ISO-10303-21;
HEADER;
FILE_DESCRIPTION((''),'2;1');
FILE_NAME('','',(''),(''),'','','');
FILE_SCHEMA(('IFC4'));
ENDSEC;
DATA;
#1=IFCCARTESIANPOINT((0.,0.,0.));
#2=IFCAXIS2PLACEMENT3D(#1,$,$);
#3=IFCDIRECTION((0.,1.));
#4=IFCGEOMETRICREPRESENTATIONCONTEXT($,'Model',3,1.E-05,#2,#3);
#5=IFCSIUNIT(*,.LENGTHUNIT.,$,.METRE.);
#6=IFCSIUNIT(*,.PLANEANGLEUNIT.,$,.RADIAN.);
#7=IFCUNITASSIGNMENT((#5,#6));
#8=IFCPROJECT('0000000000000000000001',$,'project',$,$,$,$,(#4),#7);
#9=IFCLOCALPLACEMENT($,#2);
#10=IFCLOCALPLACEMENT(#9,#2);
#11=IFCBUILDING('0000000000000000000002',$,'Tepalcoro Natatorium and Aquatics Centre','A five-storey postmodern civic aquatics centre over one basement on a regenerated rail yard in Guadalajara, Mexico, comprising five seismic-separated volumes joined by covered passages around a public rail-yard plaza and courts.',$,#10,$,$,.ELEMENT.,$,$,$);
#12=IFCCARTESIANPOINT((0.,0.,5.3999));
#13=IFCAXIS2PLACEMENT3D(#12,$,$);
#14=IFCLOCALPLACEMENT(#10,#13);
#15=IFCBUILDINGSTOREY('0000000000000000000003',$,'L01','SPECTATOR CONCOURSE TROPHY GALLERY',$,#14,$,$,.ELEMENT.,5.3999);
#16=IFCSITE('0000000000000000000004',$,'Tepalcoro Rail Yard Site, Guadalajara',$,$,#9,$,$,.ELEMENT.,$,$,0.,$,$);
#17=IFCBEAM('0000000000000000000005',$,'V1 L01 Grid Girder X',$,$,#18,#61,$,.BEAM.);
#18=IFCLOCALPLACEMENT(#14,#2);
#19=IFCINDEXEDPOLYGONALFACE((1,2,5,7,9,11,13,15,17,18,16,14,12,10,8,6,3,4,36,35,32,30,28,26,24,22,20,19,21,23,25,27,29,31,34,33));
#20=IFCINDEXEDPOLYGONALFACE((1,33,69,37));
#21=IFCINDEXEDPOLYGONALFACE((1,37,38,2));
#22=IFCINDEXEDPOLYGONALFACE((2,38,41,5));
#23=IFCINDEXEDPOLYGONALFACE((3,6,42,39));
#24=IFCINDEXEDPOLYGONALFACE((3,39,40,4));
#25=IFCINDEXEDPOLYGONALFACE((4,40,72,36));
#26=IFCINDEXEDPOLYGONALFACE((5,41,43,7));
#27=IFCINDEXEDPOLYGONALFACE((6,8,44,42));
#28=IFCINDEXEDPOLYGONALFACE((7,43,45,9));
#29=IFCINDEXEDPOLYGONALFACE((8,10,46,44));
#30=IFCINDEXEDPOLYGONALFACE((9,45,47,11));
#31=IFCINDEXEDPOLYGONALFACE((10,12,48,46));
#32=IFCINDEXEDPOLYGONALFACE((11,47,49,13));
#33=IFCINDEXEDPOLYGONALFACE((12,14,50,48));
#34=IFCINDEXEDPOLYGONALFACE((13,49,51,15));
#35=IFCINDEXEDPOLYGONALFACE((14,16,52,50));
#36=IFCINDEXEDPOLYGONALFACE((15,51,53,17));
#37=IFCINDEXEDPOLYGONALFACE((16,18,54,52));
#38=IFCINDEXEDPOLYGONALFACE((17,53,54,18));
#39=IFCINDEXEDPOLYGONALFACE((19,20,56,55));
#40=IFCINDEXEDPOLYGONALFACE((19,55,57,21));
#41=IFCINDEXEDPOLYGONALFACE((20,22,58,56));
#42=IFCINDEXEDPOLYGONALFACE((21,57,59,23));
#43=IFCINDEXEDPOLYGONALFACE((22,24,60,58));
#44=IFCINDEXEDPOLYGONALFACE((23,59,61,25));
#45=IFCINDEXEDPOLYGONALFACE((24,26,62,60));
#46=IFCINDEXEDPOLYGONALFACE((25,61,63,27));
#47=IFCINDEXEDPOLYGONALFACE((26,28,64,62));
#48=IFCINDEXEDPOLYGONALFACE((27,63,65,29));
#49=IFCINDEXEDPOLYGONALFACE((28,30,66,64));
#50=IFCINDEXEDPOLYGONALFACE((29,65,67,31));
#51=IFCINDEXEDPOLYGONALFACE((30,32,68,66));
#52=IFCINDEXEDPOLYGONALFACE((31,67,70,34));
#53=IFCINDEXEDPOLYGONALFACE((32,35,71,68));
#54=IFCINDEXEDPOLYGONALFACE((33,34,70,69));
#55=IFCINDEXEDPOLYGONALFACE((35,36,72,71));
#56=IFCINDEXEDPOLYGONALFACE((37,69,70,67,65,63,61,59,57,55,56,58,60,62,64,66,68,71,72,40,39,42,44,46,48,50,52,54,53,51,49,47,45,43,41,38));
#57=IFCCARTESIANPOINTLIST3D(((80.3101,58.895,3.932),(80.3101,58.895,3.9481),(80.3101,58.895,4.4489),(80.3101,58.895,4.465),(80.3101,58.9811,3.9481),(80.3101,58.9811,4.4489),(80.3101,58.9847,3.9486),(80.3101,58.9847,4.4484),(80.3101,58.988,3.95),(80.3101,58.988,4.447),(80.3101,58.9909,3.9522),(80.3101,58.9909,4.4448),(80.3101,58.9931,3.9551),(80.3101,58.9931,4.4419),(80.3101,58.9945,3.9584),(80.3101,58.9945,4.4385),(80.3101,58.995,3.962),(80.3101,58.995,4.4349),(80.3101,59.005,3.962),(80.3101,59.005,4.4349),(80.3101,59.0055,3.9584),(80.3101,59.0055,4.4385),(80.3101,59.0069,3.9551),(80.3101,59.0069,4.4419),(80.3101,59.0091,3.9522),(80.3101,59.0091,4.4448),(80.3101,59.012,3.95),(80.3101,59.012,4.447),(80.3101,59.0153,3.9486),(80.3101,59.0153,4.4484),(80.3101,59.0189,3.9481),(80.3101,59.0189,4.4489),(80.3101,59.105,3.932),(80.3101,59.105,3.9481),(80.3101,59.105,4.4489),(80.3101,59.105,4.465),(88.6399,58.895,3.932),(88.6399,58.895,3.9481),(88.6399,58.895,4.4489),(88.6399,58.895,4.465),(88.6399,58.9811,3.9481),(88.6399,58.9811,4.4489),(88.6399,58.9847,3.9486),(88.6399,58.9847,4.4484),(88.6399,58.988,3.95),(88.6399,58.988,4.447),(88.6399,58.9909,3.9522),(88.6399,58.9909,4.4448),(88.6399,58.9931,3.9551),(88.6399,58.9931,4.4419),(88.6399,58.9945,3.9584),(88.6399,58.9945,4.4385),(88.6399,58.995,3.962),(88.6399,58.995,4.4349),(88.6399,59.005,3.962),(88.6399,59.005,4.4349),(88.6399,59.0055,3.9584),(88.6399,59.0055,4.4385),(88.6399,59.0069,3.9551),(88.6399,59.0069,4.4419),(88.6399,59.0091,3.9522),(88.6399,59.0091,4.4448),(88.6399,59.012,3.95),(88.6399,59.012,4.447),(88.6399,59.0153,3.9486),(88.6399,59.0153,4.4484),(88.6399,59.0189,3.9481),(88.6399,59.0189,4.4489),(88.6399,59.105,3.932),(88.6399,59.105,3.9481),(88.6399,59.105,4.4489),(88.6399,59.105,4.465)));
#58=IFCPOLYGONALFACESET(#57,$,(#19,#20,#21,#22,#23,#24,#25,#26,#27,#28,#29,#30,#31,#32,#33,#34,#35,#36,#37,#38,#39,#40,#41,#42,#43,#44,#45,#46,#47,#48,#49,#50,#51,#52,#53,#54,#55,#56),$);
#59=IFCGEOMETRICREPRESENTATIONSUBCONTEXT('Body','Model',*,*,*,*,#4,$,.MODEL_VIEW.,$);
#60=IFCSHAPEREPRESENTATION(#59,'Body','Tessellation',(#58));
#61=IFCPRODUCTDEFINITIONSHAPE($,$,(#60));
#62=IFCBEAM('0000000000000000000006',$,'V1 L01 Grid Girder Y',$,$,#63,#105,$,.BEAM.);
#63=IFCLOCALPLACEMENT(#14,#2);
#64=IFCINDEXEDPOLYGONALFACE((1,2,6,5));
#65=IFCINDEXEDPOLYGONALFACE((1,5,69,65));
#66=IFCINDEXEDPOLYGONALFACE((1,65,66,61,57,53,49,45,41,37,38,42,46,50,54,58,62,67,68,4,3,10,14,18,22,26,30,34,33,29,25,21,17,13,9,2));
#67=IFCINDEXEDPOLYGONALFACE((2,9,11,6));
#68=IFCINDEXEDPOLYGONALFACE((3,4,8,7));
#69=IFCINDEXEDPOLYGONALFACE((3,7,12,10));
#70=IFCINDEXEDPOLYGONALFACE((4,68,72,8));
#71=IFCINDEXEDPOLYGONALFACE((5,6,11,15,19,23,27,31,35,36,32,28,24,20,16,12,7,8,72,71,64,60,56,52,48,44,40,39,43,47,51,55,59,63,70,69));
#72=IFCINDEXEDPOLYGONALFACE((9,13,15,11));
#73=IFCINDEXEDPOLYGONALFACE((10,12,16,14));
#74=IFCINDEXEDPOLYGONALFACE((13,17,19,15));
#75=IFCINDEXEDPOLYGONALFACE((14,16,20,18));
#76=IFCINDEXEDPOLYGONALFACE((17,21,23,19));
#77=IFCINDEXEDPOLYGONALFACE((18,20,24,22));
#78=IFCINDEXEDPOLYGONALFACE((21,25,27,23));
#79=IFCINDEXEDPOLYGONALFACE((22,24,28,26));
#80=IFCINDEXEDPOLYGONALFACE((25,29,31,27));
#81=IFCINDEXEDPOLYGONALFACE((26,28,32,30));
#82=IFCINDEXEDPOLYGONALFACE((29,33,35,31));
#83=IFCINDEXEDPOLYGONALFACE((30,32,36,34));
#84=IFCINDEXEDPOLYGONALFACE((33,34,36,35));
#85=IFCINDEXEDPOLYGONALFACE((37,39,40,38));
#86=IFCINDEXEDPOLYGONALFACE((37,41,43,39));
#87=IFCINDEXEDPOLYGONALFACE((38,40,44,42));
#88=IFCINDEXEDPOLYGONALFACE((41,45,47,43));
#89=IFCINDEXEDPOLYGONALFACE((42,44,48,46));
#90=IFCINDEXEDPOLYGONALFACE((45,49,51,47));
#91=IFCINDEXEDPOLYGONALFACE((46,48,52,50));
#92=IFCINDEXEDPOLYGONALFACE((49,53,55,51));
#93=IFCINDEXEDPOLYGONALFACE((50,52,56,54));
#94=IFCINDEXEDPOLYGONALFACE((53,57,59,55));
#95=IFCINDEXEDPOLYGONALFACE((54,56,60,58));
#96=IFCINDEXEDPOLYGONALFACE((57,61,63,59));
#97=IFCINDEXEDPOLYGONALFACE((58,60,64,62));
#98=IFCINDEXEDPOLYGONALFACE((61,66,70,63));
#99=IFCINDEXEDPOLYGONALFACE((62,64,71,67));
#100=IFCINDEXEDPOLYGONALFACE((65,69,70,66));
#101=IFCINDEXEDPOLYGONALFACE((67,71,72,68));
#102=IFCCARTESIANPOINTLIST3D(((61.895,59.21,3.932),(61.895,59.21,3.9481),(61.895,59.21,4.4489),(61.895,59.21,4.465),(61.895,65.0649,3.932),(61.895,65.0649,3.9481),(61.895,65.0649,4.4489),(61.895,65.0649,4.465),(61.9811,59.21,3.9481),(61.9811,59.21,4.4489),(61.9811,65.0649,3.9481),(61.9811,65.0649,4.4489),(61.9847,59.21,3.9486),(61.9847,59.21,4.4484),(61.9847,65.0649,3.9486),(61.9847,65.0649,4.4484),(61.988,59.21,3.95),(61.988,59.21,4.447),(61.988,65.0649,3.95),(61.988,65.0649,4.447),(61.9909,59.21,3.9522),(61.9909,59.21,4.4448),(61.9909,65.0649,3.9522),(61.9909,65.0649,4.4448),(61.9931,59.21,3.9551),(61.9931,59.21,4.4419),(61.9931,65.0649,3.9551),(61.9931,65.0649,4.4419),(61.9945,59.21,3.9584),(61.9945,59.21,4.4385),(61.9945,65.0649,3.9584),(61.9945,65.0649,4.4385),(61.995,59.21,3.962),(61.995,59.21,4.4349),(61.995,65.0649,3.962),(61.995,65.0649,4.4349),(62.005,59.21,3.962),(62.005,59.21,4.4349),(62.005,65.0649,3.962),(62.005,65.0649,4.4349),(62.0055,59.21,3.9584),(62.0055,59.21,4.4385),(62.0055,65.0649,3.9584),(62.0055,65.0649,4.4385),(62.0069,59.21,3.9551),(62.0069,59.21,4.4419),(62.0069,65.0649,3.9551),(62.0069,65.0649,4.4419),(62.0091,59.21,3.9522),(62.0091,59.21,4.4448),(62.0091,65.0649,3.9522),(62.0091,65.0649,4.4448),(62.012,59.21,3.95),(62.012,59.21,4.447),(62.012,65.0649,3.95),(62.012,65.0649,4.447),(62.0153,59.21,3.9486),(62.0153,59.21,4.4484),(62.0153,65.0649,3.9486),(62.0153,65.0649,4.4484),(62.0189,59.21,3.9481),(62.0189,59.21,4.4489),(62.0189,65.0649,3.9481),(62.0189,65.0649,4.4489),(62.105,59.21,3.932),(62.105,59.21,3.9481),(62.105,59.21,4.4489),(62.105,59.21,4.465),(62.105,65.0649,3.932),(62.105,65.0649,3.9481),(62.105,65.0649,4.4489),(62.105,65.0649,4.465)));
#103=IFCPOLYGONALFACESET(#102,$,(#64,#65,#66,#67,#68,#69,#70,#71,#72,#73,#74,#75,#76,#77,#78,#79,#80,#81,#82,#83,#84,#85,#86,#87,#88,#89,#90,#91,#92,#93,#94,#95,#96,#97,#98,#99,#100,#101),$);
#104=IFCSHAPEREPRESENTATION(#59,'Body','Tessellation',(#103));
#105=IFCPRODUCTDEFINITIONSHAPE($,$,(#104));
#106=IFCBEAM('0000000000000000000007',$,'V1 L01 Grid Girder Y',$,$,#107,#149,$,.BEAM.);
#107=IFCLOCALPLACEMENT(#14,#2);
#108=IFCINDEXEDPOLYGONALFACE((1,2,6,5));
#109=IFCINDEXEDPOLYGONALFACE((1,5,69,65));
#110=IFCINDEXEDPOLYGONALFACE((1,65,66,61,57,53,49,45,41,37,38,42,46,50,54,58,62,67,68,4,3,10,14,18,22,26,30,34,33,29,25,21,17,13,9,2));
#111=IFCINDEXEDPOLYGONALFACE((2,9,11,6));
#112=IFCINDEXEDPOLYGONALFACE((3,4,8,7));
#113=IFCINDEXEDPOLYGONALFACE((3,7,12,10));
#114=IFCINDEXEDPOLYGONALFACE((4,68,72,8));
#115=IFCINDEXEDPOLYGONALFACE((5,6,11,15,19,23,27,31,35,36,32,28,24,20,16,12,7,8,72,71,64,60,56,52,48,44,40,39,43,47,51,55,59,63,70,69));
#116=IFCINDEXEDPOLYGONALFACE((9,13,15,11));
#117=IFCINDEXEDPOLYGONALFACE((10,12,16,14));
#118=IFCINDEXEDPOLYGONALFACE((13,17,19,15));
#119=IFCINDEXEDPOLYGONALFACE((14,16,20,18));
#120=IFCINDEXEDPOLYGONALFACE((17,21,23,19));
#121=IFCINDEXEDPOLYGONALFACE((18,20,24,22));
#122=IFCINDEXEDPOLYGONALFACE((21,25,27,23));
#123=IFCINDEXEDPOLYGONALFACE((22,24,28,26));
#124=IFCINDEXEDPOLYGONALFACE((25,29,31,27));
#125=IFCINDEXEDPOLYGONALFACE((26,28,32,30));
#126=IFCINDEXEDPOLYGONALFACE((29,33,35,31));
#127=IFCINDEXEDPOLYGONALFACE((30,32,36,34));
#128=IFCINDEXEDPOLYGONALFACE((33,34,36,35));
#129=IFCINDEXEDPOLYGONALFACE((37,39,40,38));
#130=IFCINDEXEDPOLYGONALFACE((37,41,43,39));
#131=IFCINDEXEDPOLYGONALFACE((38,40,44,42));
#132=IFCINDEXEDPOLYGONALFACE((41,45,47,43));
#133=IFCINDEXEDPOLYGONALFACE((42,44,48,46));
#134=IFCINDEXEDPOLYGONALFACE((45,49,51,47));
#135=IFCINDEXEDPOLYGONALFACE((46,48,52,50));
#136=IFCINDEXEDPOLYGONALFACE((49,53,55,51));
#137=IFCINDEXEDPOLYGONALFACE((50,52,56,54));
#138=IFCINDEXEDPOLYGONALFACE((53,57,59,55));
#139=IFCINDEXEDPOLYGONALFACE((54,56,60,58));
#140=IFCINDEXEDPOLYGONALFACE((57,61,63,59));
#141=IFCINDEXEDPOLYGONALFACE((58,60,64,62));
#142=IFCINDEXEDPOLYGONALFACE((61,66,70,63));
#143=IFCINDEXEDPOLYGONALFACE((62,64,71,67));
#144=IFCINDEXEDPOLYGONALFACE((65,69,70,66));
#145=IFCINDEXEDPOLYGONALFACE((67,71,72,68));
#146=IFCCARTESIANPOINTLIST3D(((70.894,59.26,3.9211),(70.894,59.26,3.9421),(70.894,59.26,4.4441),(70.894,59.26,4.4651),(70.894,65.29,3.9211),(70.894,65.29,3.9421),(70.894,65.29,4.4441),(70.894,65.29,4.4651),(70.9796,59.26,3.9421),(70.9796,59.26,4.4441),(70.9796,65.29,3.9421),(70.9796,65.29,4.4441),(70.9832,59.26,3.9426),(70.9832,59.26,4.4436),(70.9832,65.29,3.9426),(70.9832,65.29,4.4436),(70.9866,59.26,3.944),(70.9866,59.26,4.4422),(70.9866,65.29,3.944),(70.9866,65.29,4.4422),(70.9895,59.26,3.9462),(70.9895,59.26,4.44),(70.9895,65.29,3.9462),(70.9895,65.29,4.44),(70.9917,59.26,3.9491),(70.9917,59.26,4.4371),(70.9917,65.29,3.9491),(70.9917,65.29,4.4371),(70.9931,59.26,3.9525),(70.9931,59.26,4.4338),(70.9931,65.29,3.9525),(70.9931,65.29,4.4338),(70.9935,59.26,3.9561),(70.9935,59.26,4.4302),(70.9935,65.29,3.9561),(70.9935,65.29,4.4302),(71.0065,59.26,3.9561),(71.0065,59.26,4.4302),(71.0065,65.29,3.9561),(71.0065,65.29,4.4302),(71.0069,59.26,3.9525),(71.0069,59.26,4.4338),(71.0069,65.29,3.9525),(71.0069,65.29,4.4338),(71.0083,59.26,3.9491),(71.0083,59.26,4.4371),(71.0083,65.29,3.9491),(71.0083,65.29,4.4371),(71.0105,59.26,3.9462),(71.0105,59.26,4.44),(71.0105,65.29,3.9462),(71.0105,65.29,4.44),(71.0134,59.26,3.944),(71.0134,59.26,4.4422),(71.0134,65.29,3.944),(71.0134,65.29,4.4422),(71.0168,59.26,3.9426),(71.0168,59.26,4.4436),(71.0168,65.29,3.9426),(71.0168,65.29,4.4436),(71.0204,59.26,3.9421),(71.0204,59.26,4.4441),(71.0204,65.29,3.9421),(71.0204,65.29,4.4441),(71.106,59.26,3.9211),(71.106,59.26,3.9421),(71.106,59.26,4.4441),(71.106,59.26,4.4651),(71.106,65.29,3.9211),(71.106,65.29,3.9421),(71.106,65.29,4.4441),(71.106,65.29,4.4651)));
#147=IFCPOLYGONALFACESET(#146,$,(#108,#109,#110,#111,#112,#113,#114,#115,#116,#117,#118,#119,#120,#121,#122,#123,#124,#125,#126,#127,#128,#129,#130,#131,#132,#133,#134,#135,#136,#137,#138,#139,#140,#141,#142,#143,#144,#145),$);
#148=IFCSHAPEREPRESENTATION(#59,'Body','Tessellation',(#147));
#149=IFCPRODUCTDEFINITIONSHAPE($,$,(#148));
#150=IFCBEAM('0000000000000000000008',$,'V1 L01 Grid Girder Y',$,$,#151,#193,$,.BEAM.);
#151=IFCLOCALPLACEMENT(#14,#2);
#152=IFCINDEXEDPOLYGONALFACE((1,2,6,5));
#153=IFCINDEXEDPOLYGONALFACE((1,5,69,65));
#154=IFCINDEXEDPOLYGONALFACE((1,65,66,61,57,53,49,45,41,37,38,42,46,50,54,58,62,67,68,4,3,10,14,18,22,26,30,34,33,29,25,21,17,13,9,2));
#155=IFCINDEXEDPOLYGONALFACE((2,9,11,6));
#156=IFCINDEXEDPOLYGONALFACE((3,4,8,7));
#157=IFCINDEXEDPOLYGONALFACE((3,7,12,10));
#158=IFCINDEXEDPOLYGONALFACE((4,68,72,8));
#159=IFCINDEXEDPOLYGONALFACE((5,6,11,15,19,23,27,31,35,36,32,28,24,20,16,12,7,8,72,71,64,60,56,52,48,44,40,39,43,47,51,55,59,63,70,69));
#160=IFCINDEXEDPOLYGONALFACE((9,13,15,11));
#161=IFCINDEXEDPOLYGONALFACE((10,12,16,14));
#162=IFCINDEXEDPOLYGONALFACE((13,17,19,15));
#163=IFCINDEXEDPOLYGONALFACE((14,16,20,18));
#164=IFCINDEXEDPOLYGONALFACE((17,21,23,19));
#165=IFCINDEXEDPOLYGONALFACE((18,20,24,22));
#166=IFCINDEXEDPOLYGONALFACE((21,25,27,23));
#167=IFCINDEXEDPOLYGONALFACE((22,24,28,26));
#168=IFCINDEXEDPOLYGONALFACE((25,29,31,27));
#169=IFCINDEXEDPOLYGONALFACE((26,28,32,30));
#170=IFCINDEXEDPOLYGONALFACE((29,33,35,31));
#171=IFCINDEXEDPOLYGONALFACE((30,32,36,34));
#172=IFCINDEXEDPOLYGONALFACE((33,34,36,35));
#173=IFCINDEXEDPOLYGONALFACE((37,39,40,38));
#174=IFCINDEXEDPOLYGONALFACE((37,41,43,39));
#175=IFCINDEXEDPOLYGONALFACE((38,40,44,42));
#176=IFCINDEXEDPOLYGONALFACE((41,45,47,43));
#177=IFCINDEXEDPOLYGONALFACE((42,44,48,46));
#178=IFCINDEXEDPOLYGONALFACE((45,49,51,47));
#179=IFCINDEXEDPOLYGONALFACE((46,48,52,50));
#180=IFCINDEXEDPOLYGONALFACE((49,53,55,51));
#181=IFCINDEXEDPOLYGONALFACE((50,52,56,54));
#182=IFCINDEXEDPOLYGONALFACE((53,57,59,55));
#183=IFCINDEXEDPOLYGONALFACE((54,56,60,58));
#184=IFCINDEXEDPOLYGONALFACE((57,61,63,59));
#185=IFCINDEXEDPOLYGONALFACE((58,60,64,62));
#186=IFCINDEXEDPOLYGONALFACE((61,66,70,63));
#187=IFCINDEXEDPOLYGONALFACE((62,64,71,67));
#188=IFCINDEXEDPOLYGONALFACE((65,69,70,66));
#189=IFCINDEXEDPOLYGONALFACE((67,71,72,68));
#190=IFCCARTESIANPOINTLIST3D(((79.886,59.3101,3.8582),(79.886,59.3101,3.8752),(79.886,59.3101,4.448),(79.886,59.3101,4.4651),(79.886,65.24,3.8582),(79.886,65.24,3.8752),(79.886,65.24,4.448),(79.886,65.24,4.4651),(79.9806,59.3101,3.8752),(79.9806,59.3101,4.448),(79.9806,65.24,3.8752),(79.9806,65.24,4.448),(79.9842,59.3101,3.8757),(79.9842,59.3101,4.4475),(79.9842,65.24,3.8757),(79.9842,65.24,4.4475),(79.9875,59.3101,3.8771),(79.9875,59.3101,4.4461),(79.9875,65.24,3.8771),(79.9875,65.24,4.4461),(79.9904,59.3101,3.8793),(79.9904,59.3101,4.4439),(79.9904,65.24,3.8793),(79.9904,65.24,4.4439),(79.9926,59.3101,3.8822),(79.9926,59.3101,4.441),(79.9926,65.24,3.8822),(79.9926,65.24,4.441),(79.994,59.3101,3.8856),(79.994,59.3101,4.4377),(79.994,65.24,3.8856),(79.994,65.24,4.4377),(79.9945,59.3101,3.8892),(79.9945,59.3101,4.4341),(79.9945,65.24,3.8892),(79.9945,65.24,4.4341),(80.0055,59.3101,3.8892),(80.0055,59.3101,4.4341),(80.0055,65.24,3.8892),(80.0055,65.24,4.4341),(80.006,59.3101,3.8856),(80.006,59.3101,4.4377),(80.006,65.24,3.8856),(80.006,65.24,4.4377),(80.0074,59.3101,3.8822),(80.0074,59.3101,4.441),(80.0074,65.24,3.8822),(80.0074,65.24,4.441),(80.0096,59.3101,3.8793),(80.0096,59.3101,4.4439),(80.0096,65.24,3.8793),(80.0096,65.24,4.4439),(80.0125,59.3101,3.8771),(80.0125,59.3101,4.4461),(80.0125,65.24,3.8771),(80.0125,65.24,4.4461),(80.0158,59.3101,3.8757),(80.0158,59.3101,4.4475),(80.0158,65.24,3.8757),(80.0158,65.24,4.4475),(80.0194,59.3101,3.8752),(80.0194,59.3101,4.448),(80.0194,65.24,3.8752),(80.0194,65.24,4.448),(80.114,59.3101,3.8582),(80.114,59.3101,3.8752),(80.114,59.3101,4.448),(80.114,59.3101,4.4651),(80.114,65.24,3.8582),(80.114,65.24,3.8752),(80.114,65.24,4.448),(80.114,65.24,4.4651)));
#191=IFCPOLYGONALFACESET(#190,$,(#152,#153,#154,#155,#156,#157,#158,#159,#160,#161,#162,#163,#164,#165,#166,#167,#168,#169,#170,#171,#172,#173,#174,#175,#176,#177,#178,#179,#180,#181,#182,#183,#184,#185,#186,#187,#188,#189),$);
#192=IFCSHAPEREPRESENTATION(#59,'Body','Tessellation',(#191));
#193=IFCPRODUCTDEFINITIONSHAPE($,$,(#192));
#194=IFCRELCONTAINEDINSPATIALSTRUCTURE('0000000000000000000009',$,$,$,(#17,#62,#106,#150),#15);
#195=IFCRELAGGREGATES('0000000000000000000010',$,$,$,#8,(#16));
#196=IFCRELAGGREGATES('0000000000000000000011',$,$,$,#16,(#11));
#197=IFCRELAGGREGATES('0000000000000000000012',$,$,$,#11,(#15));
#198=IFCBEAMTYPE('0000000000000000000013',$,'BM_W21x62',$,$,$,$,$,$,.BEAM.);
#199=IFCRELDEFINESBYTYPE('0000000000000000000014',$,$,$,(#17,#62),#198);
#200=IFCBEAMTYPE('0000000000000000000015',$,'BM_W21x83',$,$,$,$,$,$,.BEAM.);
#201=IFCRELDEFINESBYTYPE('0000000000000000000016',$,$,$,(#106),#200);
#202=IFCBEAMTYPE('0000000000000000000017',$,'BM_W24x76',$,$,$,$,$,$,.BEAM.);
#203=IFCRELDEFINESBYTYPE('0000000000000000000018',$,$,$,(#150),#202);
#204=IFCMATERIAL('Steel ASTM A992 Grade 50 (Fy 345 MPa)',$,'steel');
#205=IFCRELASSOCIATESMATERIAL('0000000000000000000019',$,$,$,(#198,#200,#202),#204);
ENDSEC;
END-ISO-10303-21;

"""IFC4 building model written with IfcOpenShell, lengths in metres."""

from ifc_helpers import new_model, si_unit, direction, frame, origin, origin_2d, place, context, subcontext, project, spatial, i_section, extrude, material, material_profile, profile_set, type_object, element, save


model = new_model("IFC4")

# Units and contexts
model_context = context("Model", 3, precision=1e-05, world=origin(), true_north=direction((0.0, 1.0)))
body_context = subcontext(model_context, "Body", "Model", "MODEL_VIEW")
ifc_project = project(units=[si_unit("LENGTHUNIT", "METRE"), si_unit("PLANEANGLEUNIT", "RADIAN")], contexts=[model_context])

# Site, building, storey
site_placement = place(None, origin())
site = spatial("IfcSite", under=ifc_project, at=site_placement, Name="Tepalcoro Rail Yard Site, Guadalajara", CompositionType="ELEMENT", RefElevation=0.0)
building_placement = place(site_placement, origin())
building = spatial("IfcBuilding", under=site, at=building_placement, Name="Tepalcoro Natatorium and Aquatics Centre", Description="A five-storey postmodern civic aquatics centre over one basement on a regenerated rail yard in Guadalajara, Mexico, comprising five seismic-separated volumes joined by covered passages around a public rail-yard plaza and courts.", CompositionType="ELEMENT")
storey_placement = place(building_placement, frame((0.0, 0.0, 5.3999)))
storey = spatial("IfcBuildingStorey", under=building, at=storey_placement, Name="L01", Description="SPECTATOR CONCOURSE TROPHY GALLERY", CompositionType="ELEMENT", Elevation=5.3999)

# Beams
ifc_material_1 = material(Name="Steel ASTM A992 Grade 50 (Fy 345 MPa)", Category="steel")
ifc_material_profile_1 = material_profile(ifc_material_1, i_section(OverallWidth=0.21, OverallDepth=0.533, WebThickness=0.01, FlangeThickness=0.0161, FilletRadius=0.0139, at=origin_2d()), Name="W21X62")
ifc_profile_set_1 = profile_set([ifc_material_profile_1], Name="Steel ASTM A992 Grade 50 (Fy 345 MPa)")
beam_type_1 = type_object("IfcBeamType", Name="BM_W21x62", PredefinedType="BEAM", material=ifc_profile_set_1)
beam_1_placement = place(storey_placement, frame((80.3101, 59.0, 4.1985), z_axis=(1.0, 0.0, 0.0), x_axis=(0.0, 1.0, 0.0)))
element("IfcBeam", 1, at=beam_1_placement, inside=storey, type_object=beam_type_1, Name="V1 L01 Grid Girder X", PredefinedType="BEAM", context=body_context, shape_type="SweptSolid", body=[
    extrude(i_section(OverallWidth=0.21, OverallDepth=0.533, WebThickness=0.01, FlangeThickness=0.0161, FilletRadius=0.0139, at=origin_2d()), origin(), (0.0, 0.0, 1.0), 8.3298),
])
beam_2_placement = place(storey_placement, frame((62.0, 59.21, 4.1985), z_axis=(0.0, 1.0, 0.0), x_axis=(-1.0, 0.0, 0.0)))
element("IfcBeam", 2, at=beam_2_placement, inside=storey, type_object=beam_type_1, Name="V1 L01 Grid Girder Y", PredefinedType="BEAM", context=body_context, shape_type="SweptSolid", body=[
    extrude(i_section(OverallWidth=0.21, OverallDepth=0.533, WebThickness=0.01, FlangeThickness=0.0161, FilletRadius=0.0139, at=origin_2d()), origin(), (0.0, 0.0, 1.0), 5.855),
])
ifc_material_profile_2 = material_profile(ifc_material_1, i_section(OverallWidth=0.2119, OverallDepth=0.5439, WebThickness=0.0129, FlangeThickness=0.021, FilletRadius=0.0139, at=origin_2d()), Name="W21X83")
ifc_profile_set_2 = profile_set([ifc_material_profile_2], Name="Steel ASTM A992 Grade 50 (Fy 345 MPa)")
beam_type_2 = type_object("IfcBeamType", Name="BM_W21x83", PredefinedType="BEAM", material=ifc_profile_set_2)
beam_3_placement = place(storey_placement, frame((71.0, 59.26, 4.1931), z_axis=(0.0, 1.0, 0.0), x_axis=(-1.0, 0.0, 0.0)))
element("IfcBeam", 3, at=beam_3_placement, inside=storey, type_object=beam_type_2, Name="V1 L01 Grid Girder Y", PredefinedType="BEAM", context=body_context, shape_type="SweptSolid", body=[
    extrude(i_section(OverallWidth=0.2119, OverallDepth=0.5439, WebThickness=0.0129, FlangeThickness=0.021, FilletRadius=0.0139, at=origin_2d()), origin(), (0.0, 0.0, 1.0), 6.03),
])
ifc_material_profile_3 = material_profile(ifc_material_1, i_section(OverallWidth=0.228, OverallDepth=0.6069, WebThickness=0.011, FlangeThickness=0.0171, FilletRadius=0.0139, at=origin_2d()), Name="W24X76")
ifc_profile_set_3 = profile_set([ifc_material_profile_3], Name="Steel ASTM A992 Grade 50 (Fy 345 MPa)")
beam_type_3 = type_object("IfcBeamType", Name="BM_W24x76", PredefinedType="BEAM", material=ifc_profile_set_3)
beam_4_placement = place(storey_placement, frame((80.0, 59.3101, 4.1616), z_axis=(0.0, 1.0, 0.0), x_axis=(-1.0, 0.0, 0.0)))
element("IfcBeam", 4, at=beam_4_placement, inside=storey, type_object=beam_type_3, Name="V1 L01 Grid Girder Y", PredefinedType="BEAM", context=body_context, shape_type="SweptSolid", body=[
    extrude(i_section(OverallWidth=0.228, OverallDepth=0.6069, WebThickness=0.011, FlangeThickness=0.0171, FilletRadius=0.0139, at=origin_2d()), origin(), (0.0, 0.0, 1.0), 5.9299),
])

save(model, "model.ifc")
